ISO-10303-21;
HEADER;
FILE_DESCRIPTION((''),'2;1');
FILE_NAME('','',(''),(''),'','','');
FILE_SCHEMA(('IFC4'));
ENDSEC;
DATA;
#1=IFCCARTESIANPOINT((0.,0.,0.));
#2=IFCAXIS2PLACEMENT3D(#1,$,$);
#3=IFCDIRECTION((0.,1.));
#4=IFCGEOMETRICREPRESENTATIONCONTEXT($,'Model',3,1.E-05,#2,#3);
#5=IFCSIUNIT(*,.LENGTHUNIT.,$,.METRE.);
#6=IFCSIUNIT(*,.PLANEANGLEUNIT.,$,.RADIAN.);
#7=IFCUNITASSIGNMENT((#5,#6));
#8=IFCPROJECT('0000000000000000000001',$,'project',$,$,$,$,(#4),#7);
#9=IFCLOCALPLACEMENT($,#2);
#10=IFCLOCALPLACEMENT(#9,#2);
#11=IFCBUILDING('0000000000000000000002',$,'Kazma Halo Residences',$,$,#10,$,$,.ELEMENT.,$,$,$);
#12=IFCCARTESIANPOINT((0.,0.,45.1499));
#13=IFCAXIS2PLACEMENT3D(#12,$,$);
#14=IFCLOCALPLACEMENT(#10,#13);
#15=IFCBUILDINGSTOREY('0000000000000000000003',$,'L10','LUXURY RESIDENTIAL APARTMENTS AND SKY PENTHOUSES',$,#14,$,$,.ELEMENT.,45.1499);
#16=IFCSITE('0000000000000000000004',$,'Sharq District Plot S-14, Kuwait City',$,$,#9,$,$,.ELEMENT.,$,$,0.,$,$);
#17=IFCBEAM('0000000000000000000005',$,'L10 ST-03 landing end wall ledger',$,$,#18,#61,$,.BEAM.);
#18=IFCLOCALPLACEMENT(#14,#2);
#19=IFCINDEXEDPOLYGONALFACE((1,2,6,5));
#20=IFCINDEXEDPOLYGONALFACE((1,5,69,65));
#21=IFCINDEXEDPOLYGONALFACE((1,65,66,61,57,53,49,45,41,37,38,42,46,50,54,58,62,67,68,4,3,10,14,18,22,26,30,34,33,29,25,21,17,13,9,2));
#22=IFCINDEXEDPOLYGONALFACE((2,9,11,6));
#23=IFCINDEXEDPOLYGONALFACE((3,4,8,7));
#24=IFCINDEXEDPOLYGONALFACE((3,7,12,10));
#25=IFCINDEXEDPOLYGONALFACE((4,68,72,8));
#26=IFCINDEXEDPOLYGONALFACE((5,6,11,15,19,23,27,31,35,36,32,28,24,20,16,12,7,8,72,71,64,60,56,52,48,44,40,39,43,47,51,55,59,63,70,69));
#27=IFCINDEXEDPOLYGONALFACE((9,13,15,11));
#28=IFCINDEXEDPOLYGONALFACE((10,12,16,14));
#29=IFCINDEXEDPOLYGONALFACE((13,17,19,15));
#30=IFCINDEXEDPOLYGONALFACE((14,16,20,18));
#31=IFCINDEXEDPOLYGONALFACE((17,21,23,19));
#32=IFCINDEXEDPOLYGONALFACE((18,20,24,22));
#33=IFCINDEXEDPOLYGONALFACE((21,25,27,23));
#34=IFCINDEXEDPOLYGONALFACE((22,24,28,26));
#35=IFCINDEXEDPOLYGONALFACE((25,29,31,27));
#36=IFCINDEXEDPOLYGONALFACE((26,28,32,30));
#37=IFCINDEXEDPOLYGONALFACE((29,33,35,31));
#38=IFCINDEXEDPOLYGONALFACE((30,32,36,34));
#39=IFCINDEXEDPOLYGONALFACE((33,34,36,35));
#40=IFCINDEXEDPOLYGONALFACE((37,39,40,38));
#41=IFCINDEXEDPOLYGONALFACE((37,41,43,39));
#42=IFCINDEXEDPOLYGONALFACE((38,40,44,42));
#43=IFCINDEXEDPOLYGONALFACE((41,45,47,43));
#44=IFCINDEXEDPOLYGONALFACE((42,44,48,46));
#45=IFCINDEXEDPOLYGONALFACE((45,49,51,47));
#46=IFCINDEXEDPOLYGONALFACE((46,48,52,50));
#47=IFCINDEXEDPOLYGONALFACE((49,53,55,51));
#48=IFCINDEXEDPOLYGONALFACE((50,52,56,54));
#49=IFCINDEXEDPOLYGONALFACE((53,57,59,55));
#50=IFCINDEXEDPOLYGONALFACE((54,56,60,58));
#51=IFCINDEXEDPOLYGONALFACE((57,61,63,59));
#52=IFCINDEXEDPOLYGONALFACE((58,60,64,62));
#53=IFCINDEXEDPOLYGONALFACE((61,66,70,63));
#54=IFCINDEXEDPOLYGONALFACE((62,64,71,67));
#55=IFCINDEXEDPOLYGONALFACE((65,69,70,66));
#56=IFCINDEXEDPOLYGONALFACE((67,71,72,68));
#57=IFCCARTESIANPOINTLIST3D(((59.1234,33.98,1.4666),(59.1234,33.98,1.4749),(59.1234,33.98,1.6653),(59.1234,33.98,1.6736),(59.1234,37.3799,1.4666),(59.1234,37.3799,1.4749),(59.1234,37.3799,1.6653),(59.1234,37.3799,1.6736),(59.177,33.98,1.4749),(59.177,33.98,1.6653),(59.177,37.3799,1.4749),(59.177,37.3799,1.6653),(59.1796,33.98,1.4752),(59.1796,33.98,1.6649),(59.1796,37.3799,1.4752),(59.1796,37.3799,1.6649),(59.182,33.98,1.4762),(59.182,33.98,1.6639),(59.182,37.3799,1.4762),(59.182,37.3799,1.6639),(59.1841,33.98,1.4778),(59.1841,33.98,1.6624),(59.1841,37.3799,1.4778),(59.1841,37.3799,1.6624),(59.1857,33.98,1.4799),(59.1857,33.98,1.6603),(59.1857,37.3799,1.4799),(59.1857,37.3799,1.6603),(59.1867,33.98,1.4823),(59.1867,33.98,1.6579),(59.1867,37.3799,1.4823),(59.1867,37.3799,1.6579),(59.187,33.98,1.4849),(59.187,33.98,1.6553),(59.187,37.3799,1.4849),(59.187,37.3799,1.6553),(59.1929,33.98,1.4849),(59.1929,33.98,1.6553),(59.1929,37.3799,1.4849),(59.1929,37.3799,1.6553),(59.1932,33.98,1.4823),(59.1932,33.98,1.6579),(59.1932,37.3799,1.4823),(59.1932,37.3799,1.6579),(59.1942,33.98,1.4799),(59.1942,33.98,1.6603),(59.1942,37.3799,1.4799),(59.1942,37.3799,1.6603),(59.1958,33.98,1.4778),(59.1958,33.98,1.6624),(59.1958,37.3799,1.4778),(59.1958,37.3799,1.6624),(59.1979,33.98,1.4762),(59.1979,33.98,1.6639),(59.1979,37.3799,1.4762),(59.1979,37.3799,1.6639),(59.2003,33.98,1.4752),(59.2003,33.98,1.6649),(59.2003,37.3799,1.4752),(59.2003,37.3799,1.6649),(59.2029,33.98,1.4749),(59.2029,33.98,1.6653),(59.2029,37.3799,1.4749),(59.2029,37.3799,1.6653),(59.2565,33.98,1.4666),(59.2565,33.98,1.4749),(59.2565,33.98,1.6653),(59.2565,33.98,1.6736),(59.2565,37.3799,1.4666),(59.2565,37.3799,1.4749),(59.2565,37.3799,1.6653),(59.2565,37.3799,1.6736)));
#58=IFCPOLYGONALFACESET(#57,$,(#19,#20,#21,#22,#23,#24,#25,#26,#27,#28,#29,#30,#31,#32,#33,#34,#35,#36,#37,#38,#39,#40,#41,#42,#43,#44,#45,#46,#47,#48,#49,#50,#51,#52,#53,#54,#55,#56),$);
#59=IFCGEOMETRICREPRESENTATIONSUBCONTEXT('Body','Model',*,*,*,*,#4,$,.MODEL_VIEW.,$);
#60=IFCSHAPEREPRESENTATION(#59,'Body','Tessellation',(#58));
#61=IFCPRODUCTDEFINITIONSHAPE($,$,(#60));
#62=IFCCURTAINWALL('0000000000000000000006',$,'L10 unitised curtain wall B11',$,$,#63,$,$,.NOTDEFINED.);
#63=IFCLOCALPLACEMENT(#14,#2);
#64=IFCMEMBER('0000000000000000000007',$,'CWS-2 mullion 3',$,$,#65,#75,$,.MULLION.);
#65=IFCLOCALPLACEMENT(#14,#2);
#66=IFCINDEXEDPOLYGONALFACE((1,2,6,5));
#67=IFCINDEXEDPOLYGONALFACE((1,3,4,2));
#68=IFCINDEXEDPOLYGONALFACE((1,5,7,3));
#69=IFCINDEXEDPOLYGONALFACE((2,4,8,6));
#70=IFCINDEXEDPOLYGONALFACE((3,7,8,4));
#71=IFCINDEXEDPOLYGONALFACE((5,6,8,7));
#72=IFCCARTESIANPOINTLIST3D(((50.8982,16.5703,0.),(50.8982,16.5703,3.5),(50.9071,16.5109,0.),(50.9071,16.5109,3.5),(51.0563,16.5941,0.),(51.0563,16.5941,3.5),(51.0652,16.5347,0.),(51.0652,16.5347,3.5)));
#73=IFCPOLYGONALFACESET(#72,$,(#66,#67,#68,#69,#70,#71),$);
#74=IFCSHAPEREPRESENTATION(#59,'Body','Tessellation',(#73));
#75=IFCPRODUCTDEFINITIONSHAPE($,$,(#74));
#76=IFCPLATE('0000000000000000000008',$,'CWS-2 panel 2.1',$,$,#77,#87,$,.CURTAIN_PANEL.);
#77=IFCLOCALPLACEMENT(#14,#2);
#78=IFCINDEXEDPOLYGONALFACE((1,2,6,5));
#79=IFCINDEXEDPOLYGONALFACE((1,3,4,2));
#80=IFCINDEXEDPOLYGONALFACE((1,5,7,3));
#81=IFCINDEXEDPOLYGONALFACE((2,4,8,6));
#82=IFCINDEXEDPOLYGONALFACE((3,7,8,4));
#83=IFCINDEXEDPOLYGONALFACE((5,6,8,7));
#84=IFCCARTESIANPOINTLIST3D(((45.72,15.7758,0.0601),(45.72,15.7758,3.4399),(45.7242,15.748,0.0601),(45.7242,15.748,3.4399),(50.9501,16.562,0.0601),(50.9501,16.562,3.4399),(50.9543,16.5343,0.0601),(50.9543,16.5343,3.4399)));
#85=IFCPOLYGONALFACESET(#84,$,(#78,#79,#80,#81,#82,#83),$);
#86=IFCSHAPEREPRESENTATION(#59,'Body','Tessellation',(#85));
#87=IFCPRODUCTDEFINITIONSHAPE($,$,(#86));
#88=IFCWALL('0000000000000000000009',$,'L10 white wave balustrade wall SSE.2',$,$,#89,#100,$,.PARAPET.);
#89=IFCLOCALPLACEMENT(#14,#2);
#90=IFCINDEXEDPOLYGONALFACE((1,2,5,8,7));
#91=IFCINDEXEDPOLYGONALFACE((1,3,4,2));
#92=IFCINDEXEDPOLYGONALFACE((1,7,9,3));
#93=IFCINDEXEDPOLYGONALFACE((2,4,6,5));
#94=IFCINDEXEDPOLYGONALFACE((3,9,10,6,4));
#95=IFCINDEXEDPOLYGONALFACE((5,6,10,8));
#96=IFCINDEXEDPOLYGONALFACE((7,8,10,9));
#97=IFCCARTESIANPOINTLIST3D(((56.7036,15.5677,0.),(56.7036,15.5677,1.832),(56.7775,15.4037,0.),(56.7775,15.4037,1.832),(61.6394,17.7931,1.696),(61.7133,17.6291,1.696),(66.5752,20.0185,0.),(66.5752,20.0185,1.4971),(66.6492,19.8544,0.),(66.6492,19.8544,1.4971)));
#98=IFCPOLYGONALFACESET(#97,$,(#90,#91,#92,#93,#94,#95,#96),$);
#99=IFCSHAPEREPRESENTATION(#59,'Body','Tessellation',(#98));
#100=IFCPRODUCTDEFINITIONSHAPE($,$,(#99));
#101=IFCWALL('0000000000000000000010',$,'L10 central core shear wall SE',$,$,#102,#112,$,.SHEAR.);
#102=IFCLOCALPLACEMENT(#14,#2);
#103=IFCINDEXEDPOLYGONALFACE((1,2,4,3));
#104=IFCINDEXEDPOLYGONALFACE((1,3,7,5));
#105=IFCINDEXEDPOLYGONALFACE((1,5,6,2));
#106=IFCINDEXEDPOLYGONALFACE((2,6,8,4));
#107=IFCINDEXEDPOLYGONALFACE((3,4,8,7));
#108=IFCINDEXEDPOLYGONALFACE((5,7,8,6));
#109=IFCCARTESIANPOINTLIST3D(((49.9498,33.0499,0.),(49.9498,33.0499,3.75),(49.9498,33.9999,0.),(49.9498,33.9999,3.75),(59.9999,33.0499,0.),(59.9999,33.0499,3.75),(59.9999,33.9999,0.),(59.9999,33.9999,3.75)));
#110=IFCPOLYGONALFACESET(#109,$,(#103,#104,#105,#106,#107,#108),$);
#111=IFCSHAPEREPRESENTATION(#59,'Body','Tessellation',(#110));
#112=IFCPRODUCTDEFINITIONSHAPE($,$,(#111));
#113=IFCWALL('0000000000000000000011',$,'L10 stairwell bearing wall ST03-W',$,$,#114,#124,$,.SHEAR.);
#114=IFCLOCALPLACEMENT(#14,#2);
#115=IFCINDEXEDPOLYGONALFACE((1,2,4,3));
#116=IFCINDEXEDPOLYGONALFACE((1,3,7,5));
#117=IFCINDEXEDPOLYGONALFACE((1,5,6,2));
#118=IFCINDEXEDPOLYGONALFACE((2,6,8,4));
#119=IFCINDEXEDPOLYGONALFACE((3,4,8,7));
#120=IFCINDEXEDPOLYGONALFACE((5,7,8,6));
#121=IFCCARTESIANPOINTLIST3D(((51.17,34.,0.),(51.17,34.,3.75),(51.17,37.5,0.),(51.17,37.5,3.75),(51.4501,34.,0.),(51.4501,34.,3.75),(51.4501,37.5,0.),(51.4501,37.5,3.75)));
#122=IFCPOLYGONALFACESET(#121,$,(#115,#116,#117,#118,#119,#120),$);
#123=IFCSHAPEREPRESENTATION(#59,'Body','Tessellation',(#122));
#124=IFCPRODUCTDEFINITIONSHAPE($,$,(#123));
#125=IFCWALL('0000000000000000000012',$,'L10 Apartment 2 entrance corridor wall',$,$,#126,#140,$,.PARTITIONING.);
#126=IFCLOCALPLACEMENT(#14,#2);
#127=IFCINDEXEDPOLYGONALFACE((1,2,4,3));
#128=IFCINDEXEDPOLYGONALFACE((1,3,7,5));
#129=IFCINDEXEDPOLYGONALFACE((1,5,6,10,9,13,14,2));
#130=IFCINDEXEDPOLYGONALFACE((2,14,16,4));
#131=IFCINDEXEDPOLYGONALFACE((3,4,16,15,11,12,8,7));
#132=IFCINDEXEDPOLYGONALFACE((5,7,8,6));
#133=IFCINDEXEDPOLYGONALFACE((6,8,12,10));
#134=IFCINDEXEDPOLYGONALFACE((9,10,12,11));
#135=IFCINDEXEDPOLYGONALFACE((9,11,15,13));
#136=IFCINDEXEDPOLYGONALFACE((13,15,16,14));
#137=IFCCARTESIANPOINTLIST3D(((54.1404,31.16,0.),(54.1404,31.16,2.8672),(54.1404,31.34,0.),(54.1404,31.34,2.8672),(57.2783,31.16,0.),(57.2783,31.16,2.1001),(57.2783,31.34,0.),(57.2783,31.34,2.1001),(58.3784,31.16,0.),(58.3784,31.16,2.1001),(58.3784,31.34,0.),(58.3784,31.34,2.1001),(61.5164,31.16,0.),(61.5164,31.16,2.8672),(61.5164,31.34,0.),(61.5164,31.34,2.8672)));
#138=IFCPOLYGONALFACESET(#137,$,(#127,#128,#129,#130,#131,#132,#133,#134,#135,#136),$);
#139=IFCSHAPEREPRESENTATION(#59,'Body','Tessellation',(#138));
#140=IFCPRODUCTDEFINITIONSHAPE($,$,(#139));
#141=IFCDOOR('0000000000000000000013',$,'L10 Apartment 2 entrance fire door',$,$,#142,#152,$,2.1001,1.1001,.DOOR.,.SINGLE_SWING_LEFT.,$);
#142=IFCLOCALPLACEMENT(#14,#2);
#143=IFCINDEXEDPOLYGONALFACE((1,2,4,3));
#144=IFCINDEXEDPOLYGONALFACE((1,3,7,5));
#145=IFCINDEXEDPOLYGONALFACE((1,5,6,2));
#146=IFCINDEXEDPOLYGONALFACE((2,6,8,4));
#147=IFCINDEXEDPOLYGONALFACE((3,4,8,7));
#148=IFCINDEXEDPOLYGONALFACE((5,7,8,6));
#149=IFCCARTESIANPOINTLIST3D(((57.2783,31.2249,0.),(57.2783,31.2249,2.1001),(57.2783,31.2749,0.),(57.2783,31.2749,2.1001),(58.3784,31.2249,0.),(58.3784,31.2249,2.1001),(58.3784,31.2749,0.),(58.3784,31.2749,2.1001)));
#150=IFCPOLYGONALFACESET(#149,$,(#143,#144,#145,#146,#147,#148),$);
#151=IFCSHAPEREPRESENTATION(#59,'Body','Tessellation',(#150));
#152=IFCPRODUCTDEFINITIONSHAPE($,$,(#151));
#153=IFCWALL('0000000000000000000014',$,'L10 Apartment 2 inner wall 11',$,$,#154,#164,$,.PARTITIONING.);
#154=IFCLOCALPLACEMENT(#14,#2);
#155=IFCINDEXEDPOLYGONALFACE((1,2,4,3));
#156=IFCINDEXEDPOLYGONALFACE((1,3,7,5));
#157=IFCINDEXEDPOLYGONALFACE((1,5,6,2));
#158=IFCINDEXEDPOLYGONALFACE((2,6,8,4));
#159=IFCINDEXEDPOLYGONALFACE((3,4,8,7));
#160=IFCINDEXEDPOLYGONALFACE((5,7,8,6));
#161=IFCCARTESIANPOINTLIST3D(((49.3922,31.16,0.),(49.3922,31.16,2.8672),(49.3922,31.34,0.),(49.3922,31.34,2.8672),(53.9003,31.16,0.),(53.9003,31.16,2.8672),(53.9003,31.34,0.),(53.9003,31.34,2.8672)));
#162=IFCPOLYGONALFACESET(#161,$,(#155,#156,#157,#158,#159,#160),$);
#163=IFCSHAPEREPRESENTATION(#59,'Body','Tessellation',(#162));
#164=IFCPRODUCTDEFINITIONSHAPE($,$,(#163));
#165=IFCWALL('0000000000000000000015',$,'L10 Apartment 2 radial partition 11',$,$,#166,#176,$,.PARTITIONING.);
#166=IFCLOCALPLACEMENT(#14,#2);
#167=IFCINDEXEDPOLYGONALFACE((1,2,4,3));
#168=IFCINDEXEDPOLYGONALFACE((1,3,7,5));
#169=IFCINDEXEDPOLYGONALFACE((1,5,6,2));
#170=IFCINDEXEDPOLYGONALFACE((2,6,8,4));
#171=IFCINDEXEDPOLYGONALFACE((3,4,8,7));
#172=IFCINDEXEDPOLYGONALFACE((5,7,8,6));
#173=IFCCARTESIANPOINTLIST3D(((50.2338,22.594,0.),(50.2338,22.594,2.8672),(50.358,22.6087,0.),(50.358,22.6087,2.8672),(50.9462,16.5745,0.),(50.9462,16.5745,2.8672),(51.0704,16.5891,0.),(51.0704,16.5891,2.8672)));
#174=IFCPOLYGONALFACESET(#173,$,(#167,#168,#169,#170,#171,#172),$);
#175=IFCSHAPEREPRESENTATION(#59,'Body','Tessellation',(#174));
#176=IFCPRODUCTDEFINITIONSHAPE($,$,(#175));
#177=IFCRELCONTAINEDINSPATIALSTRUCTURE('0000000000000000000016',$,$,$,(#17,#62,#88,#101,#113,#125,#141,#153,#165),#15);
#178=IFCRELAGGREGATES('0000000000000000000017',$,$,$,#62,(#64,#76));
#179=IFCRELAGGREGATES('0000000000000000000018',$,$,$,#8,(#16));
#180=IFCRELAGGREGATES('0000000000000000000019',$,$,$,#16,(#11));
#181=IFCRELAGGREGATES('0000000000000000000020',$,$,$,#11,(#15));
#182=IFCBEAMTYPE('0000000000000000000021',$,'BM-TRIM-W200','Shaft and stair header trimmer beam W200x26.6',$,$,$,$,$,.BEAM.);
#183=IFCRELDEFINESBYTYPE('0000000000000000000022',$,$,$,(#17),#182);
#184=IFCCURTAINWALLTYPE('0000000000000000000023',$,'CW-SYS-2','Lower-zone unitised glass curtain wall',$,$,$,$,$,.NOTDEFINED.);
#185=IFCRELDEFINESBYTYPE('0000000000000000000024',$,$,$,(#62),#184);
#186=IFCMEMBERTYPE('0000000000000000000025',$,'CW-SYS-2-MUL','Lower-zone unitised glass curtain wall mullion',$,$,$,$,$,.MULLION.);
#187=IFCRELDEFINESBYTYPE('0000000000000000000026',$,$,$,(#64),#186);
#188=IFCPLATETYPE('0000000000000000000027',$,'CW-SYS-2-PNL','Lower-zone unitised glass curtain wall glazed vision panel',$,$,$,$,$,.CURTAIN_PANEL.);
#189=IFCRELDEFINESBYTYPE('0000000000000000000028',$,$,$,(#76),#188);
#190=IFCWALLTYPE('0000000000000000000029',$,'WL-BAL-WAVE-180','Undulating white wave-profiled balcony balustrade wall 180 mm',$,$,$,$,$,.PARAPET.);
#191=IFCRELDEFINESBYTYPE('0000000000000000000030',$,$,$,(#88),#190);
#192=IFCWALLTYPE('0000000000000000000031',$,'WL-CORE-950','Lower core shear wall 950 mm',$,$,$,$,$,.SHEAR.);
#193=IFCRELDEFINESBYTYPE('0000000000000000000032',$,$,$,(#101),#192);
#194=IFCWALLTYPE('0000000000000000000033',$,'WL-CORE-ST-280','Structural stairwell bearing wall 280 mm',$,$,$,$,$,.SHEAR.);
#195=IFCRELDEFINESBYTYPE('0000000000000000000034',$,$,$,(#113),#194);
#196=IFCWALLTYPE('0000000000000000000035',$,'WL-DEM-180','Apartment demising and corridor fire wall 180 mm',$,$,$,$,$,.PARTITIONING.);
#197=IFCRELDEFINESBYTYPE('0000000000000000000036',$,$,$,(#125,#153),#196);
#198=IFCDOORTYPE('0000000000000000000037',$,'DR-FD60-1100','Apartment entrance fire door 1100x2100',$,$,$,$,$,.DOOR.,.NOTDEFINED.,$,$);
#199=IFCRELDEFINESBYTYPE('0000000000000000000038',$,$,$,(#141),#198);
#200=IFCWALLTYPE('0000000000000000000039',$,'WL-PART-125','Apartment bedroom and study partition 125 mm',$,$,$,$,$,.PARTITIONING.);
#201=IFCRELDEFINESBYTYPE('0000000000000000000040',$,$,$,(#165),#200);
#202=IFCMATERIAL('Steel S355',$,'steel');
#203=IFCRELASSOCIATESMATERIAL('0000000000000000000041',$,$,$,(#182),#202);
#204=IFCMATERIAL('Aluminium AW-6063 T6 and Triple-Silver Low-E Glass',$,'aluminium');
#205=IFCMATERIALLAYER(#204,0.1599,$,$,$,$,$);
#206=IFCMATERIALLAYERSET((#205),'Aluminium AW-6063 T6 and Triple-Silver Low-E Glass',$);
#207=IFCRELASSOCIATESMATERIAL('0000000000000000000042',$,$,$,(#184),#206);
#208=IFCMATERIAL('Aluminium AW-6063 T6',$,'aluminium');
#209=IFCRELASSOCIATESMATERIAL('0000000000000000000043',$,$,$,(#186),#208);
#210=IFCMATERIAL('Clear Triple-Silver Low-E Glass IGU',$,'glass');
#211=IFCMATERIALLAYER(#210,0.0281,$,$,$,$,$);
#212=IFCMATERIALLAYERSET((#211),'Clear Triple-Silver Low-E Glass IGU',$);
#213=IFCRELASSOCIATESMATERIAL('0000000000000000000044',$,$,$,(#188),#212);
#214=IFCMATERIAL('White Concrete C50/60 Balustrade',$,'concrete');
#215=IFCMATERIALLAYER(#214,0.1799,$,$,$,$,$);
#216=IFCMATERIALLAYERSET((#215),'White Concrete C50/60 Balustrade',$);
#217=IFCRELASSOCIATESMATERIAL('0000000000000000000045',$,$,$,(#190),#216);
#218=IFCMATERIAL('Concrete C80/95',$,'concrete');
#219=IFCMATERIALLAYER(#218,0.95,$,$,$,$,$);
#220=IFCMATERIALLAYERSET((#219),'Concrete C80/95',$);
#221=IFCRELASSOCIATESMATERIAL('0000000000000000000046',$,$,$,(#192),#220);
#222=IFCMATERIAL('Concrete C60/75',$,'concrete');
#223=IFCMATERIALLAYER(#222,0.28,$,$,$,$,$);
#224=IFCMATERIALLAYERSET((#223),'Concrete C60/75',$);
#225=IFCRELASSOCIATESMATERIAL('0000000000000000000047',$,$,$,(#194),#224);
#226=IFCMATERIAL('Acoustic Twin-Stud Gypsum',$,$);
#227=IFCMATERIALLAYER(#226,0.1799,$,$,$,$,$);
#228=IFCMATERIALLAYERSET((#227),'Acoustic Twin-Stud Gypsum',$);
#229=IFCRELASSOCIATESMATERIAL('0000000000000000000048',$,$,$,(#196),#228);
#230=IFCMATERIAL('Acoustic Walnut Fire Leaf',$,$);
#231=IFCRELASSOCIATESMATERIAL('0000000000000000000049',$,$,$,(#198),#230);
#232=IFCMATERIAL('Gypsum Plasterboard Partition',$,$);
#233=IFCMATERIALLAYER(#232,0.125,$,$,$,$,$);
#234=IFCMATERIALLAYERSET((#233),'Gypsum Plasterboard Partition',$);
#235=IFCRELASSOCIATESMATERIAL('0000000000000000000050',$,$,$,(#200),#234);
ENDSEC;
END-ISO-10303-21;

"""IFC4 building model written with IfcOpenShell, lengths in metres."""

from ifc_helpers import new_model, si_unit, direction, frame, frame_2d, origin, origin_2d, place, context, subcontext, project, spatial, polyline, rectangle, i_section, outline, extrude, material, layer, layer_set, material_profile, profile_set, type_object, element, fill, aggregate, save


model = new_model("IFC4")

# Units and contexts
model_context = context("Model", 3, precision=1e-05, world=origin(), true_north=direction((0.0, 1.0)))
body_context = subcontext(model_context, "Body", "Model", "MODEL_VIEW")
ifc_project = project(units=[si_unit("LENGTHUNIT", "METRE"), si_unit("PLANEANGLEUNIT", "RADIAN")], contexts=[model_context])

# Site, building, storey
site_placement = place(None, origin())
site = spatial("IfcSite", under=ifc_project, at=site_placement, Name="Sharq District Plot S-14, Kuwait City", CompositionType="ELEMENT", RefElevation=0.0)
building_placement = place(site_placement, origin())
building = spatial("IfcBuilding", under=site, at=building_placement, Name="Kazma Halo Residences", CompositionType="ELEMENT")
storey_placement = place(building_placement, frame((0.0, 0.0, 45.1499)))
storey = spatial("IfcBuildingStorey", under=building, at=storey_placement, Name="L10", Description="LUXURY RESIDENTIAL APARTMENTS AND SKY PENTHOUSES", CompositionType="ELEMENT", Elevation=45.1499)

# Shared definitions
ifc_material_1 = material(Name="Concrete C80/95", Category="concrete")

# Beam
ifc_material_2 = material(Name="Steel S355", Category="steel")
ifc_material_profile_1 = material_profile(ifc_material_2, i_section(OverallWidth=0.1331, OverallDepth=0.207, WebThickness=0.0059, FlangeThickness=0.0083, FilletRadius=0.01, at=origin_2d()), Name="W200x26.6")
ifc_profile_set_1 = profile_set([ifc_material_profile_1], Name="Steel S355")
beam_type_1 = type_object("IfcBeamType", Name="BM-TRIM-W200", Description="Shaft and stair header trimmer beam W200x26.6", PredefinedType="BEAM", material=ifc_profile_set_1)
beam_1_placement = place(storey_placement, frame((59.1899, 33.98, 1.5701), z_axis=(0.0, 1.0, 0.0), x_axis=(-1.0, 0.0, 0.0)))
element("IfcBeam", 1, at=beam_1_placement, inside=storey, type_object=beam_type_1, Name="L10 ST-03 landing end wall ledger", PredefinedType="BEAM", context=body_context, shape_type="SweptSolid", body=[
    extrude(i_section(OverallWidth=0.1331, OverallDepth=0.207, WebThickness=0.0059, FlangeThickness=0.0083, FilletRadius=0.01, at=origin_2d()), origin(), (0.0, 0.0, 1.0), 3.3999),
])

# Curtain wall, member, plate
ifc_material_3 = material(Name="Aluminium AW-6063 T6 and Triple-Silver Low-E Glass", Category="aluminium")
ifc_layer_1 = layer(ifc_material_3, 0.1599)
ifc_layer_set_1 = layer_set([ifc_layer_1], Name="Aluminium AW-6063 T6 and Triple-Silver Low-E Glass")
curtain_wall_type = type_object("IfcCurtainWallType", Name="CW-SYS-2", Description="Lower-zone unitised glass curtain wall", PredefinedType="NOTDEFINED", material=ifc_layer_set_1)
curtain_wall_placement = place(storey_placement, origin())
curtain_wall = element("IfcCurtainWall", 2, at=curtain_wall_placement, inside=storey, type_object=curtain_wall_type, Name="L10 unitised curtain wall B11", PredefinedType="NOTDEFINED")
ifc_material_4 = material(Name="Aluminium AW-6063 T6", Category="aluminium")
ifc_material_profile_2 = material_profile(ifc_material_4, rectangle(XDim=0.0601, YDim=0.1599, at=origin_2d()), Name="CWM-60x160")
ifc_profile_set_2 = profile_set([ifc_material_profile_2], Name="Aluminium AW-6063 T6")
member_type = type_object("IfcMemberType", Name="CW-SYS-2-MUL", Description="Lower-zone unitised glass curtain wall mullion", PredefinedType="MULLION", material=ifc_profile_set_2)
member_placement = place(storey_placement, frame((50.9817, 16.5525, 0.0), z_axis=(0.0, 0.0, 1.0), x_axis=(-0.148657, 0.988889, 0.0)))
member = element("IfcMember", 3, at=member_placement, type_object=member_type, Name="CWS-2 mullion 3", PredefinedType="MULLION", context=body_context, shape_type="SweptSolid", body=[
    extrude(rectangle(XDim=0.0601, YDim=0.1599, at=origin_2d()), origin(), (0.0, 0.0, 1.0), 3.5),
])
ifc_material_5 = material(Name="Clear Triple-Silver Low-E Glass IGU", Category="glass")
ifc_layer_2 = layer(ifc_material_5, 0.0281)
ifc_layer_set_2 = layer_set([ifc_layer_2], Name="Clear Triple-Silver Low-E Glass IGU")
plate_type = type_object("IfcPlateType", Name="CW-SYS-2-PNL", Description="Lower-zone unitised glass curtain wall glazed vision panel", PredefinedType="CURTAIN_PANEL", material=ifc_layer_set_2)
plate_placement = place(storey_placement, frame((48.3372, 16.155, 0.0601), z_axis=(0.0, 0.0, 1.0), x_axis=(0.988889, 0.148657, 0.0)))
plate = element("IfcPlate", 4, at=plate_placement, type_object=plate_type, Name="CWS-2 panel 2.1", PredefinedType="CURTAIN_PANEL", context=body_context, shape_type="SweptSolid", body=[
    extrude(rectangle(XDim=5.2888, YDim=0.0281, at=origin_2d()), origin(), (0.0, 0.0, 1.0), 3.3799),
])
aggregate(curtain_wall, [member, plate])

# Walls
ifc_material_6 = material(Name="White Concrete C50/60 Balustrade", Category="concrete")
ifc_layer_3 = layer(ifc_material_6, 0.1799)
ifc_layer_set_3 = layer_set([ifc_layer_3], Name="White Concrete C50/60 Balustrade")
wall_type_1 = type_object("IfcWallType", Name="WL-BAL-WAVE-180", Description="Undulating white wave-profiled balcony balustrade wall 180 mm", PredefinedType="PARAPET", material=ifc_layer_set_3)
wall_1_placement = place(storey_placement, frame((56.7405, 15.4858, 0.0), z_axis=(0.0, 0.0, 1.0), x_axis=(0.911629, 0.411015, 0.0)))
element("IfcWall", 5, at=wall_1_placement, inside=storey, type_object=wall_type_1, Name="L10 white wave balustrade wall SSE.2", PredefinedType="PARAPET", context=body_context, shape_type="SweptSolid", body=[
    extrude(outline(polyline([(0.0, 0.0), (10.8286, 0.0), (10.8286, 1.4971), (5.4143, 1.696), (0.0, 1.832), (0.0, 0.0)])), frame((0.0, 0.0898, 0.0), z_axis=(0.0, -1.0, 0.0), x_axis=(1.0, 0.0, 0.0)), (0.0, 0.0, 1.0), 0.1799),
])
ifc_layer_4 = layer(ifc_material_1, 0.95)
ifc_layer_set_4 = layer_set([ifc_layer_4], Name="Concrete C80/95")
wall_type_2 = type_object("IfcWallType", Name="WL-CORE-950", Description="Lower core shear wall 950 mm", PredefinedType="SHEAR", material=ifc_layer_set_4)
wall_2_placement = place(storey_placement, frame((49.95, 33.5249, 0.0), z_axis=(0.0, 0.0, 1.0), x_axis=(1.0, 0.0, 0.0)))
element("IfcWall", 6, at=wall_2_placement, inside=storey, type_object=wall_type_2, Name="L10 central core shear wall SE", PredefinedType="SHEAR", context=body_context, shape_type="SweptSolid", body=[
    extrude(rectangle(XDim=10.05, YDim=0.95, at=frame_2d((5.0249, 0.0))), origin(), (0.0, 0.0, 1.0), 3.75),
])
ifc_material_7 = material(Name="Concrete C60/75", Category="concrete")
ifc_layer_5 = layer(ifc_material_7, 0.28)
ifc_layer_set_5 = layer_set([ifc_layer_5], Name="Concrete C60/75")
wall_type_3 = type_object("IfcWallType", Name="WL-CORE-ST-280", Description="Structural stairwell bearing wall 280 mm", PredefinedType="SHEAR", material=ifc_layer_set_5)
wall_3_placement = place(storey_placement, frame((51.3101, 34.0, 0.0), z_axis=(0.0, 0.0, 1.0), x_axis=(0.0, 1.0, 0.0)))
element("IfcWall", 7, at=wall_3_placement, inside=storey, type_object=wall_type_3, Name="L10 stairwell bearing wall ST03-W", PredefinedType="SHEAR", context=body_context, shape_type="SweptSolid", body=[
    extrude(rectangle(XDim=3.5, YDim=0.28, at=frame_2d((1.75, 0.0))), origin(), (0.0, 0.0, 1.0), 3.75),
])

# Wall, opening, door
ifc_material_8 = material(Name="Acoustic Twin-Stud Gypsum")
ifc_layer_6 = layer(ifc_material_8, 0.1799)
ifc_layer_set_6 = layer_set([ifc_layer_6], Name="Acoustic Twin-Stud Gypsum")
wall_type_4 = type_object("IfcWallType", Name="WL-DEM-180", Description="Apartment demising and corridor fire wall 180 mm", PredefinedType="PARTITIONING", material=ifc_layer_set_6)
wall_4_placement = place(storey_placement, frame((54.1404, 31.25, 0.0), z_axis=(0.0, 0.0, 1.0), x_axis=(1.0, 0.0, 0.0)))
wall_4 = element("IfcWall", 8, at=wall_4_placement, inside=storey, type_object=wall_type_4, Name="L10 Apartment 2 entrance corridor wall", PredefinedType="PARTITIONING", context=body_context, shape_type="SweptSolid", body=[
    extrude(rectangle(XDim=7.376, YDim=0.1799, at=frame_2d((3.688, 0.0))), origin(), (0.0, 0.0, 1.0), 2.8672),
])
opening_1_placement = place(wall_4_placement, frame((3.1379, 0.0, 0.0)))
opening_1 = element("IfcOpeningElement", 9, at=opening_1_placement, cuts=wall_4, PredefinedType="OPENING", context=body_context, shape_type="SweptSolid", body=[
    extrude(rectangle(XDim=1.1001, YDim=2.1001, at=frame_2d((0.55, 1.05))), frame((0.0, 0.0999, 0.0), z_axis=(0.0, -1.0, 0.0), x_axis=(1.0, 0.0, 0.0)), (0.0, 0.0, 1.0), 0.2),
])
ifc_material_9 = material(Name="Acoustic Walnut Fire Leaf")
door_type_1 = type_object("IfcDoorType", Name="DR-FD60-1100", Description="Apartment entrance fire door 1100x2100", OperationType="NOTDEFINED", PredefinedType="DOOR", material=ifc_material_9)
door_1_placement = place(opening_1_placement, origin())
door_1 = element("IfcDoor", 10, at=door_1_placement, inside=storey, type_object=door_type_1, Name="L10 Apartment 2 entrance fire door", OperationType="SINGLE_SWING_LEFT", OverallHeight=2.1001, OverallWidth=1.1001, PredefinedType="DOOR", context=body_context, shape_type="SweptSolid", body=[
    extrude(rectangle(XDim=1.1001, YDim=2.1001, at=frame_2d((0.55, 1.05))), frame((0.0, 0.0249, 0.0), z_axis=(0.0, -1.0, 0.0), x_axis=(1.0, 0.0, 0.0)), (0.0, 0.0, 1.0), 0.05),
])
fill(opening_1, door_1)

# Wall
wall_5_placement = place(storey_placement, frame((49.3923, 31.25, 0.0), z_axis=(0.0, 0.0, 1.0), x_axis=(1.0, 0.0, 0.0)))
element("IfcWall", 11, at=wall_5_placement, inside=storey, type_object=wall_type_4, Name="L10 Apartment 2 inner wall 11", PredefinedType="PARTITIONING", context=body_context, shape_type="SweptSolid", body=[
    extrude(rectangle(XDim=4.5081, YDim=0.1799, at=frame_2d((2.2539, 0.0))), origin(), (0.0, 0.0, 1.0), 2.8672),
])

# Wall
ifc_material_10 = material(Name="Gypsum Plasterboard Partition")
ifc_layer_7 = layer(ifc_material_10, 0.125)
ifc_layer_set_7 = layer_set([ifc_layer_7], Name="Gypsum Plasterboard Partition")
wall_type_5 = type_object("IfcWallType", Name="WL-PART-125", Description="Apartment bedroom and study partition 125 mm", PredefinedType="PARTITIONING", material=ifc_layer_set_7)
wall_6_placement = place(storey_placement, frame((50.2959, 22.6013, 0.0), z_axis=(0.0, 0.0, 1.0), x_axis=(0.117528, -0.99307, 0.0)))
element("IfcWall", 12, at=wall_6_placement, inside=storey, type_object=wall_type_5, Name="L10 Apartment 2 radial partition 11", PredefinedType="PARTITIONING", context=body_context, shape_type="SweptSolid", body=[
    extrude(rectangle(XDim=6.0615, YDim=0.125, at=frame_2d((3.0308, 0.0))), origin(), (0.0, 0.0, 1.0), 2.8672),
])

save(model, "model.ifc")
